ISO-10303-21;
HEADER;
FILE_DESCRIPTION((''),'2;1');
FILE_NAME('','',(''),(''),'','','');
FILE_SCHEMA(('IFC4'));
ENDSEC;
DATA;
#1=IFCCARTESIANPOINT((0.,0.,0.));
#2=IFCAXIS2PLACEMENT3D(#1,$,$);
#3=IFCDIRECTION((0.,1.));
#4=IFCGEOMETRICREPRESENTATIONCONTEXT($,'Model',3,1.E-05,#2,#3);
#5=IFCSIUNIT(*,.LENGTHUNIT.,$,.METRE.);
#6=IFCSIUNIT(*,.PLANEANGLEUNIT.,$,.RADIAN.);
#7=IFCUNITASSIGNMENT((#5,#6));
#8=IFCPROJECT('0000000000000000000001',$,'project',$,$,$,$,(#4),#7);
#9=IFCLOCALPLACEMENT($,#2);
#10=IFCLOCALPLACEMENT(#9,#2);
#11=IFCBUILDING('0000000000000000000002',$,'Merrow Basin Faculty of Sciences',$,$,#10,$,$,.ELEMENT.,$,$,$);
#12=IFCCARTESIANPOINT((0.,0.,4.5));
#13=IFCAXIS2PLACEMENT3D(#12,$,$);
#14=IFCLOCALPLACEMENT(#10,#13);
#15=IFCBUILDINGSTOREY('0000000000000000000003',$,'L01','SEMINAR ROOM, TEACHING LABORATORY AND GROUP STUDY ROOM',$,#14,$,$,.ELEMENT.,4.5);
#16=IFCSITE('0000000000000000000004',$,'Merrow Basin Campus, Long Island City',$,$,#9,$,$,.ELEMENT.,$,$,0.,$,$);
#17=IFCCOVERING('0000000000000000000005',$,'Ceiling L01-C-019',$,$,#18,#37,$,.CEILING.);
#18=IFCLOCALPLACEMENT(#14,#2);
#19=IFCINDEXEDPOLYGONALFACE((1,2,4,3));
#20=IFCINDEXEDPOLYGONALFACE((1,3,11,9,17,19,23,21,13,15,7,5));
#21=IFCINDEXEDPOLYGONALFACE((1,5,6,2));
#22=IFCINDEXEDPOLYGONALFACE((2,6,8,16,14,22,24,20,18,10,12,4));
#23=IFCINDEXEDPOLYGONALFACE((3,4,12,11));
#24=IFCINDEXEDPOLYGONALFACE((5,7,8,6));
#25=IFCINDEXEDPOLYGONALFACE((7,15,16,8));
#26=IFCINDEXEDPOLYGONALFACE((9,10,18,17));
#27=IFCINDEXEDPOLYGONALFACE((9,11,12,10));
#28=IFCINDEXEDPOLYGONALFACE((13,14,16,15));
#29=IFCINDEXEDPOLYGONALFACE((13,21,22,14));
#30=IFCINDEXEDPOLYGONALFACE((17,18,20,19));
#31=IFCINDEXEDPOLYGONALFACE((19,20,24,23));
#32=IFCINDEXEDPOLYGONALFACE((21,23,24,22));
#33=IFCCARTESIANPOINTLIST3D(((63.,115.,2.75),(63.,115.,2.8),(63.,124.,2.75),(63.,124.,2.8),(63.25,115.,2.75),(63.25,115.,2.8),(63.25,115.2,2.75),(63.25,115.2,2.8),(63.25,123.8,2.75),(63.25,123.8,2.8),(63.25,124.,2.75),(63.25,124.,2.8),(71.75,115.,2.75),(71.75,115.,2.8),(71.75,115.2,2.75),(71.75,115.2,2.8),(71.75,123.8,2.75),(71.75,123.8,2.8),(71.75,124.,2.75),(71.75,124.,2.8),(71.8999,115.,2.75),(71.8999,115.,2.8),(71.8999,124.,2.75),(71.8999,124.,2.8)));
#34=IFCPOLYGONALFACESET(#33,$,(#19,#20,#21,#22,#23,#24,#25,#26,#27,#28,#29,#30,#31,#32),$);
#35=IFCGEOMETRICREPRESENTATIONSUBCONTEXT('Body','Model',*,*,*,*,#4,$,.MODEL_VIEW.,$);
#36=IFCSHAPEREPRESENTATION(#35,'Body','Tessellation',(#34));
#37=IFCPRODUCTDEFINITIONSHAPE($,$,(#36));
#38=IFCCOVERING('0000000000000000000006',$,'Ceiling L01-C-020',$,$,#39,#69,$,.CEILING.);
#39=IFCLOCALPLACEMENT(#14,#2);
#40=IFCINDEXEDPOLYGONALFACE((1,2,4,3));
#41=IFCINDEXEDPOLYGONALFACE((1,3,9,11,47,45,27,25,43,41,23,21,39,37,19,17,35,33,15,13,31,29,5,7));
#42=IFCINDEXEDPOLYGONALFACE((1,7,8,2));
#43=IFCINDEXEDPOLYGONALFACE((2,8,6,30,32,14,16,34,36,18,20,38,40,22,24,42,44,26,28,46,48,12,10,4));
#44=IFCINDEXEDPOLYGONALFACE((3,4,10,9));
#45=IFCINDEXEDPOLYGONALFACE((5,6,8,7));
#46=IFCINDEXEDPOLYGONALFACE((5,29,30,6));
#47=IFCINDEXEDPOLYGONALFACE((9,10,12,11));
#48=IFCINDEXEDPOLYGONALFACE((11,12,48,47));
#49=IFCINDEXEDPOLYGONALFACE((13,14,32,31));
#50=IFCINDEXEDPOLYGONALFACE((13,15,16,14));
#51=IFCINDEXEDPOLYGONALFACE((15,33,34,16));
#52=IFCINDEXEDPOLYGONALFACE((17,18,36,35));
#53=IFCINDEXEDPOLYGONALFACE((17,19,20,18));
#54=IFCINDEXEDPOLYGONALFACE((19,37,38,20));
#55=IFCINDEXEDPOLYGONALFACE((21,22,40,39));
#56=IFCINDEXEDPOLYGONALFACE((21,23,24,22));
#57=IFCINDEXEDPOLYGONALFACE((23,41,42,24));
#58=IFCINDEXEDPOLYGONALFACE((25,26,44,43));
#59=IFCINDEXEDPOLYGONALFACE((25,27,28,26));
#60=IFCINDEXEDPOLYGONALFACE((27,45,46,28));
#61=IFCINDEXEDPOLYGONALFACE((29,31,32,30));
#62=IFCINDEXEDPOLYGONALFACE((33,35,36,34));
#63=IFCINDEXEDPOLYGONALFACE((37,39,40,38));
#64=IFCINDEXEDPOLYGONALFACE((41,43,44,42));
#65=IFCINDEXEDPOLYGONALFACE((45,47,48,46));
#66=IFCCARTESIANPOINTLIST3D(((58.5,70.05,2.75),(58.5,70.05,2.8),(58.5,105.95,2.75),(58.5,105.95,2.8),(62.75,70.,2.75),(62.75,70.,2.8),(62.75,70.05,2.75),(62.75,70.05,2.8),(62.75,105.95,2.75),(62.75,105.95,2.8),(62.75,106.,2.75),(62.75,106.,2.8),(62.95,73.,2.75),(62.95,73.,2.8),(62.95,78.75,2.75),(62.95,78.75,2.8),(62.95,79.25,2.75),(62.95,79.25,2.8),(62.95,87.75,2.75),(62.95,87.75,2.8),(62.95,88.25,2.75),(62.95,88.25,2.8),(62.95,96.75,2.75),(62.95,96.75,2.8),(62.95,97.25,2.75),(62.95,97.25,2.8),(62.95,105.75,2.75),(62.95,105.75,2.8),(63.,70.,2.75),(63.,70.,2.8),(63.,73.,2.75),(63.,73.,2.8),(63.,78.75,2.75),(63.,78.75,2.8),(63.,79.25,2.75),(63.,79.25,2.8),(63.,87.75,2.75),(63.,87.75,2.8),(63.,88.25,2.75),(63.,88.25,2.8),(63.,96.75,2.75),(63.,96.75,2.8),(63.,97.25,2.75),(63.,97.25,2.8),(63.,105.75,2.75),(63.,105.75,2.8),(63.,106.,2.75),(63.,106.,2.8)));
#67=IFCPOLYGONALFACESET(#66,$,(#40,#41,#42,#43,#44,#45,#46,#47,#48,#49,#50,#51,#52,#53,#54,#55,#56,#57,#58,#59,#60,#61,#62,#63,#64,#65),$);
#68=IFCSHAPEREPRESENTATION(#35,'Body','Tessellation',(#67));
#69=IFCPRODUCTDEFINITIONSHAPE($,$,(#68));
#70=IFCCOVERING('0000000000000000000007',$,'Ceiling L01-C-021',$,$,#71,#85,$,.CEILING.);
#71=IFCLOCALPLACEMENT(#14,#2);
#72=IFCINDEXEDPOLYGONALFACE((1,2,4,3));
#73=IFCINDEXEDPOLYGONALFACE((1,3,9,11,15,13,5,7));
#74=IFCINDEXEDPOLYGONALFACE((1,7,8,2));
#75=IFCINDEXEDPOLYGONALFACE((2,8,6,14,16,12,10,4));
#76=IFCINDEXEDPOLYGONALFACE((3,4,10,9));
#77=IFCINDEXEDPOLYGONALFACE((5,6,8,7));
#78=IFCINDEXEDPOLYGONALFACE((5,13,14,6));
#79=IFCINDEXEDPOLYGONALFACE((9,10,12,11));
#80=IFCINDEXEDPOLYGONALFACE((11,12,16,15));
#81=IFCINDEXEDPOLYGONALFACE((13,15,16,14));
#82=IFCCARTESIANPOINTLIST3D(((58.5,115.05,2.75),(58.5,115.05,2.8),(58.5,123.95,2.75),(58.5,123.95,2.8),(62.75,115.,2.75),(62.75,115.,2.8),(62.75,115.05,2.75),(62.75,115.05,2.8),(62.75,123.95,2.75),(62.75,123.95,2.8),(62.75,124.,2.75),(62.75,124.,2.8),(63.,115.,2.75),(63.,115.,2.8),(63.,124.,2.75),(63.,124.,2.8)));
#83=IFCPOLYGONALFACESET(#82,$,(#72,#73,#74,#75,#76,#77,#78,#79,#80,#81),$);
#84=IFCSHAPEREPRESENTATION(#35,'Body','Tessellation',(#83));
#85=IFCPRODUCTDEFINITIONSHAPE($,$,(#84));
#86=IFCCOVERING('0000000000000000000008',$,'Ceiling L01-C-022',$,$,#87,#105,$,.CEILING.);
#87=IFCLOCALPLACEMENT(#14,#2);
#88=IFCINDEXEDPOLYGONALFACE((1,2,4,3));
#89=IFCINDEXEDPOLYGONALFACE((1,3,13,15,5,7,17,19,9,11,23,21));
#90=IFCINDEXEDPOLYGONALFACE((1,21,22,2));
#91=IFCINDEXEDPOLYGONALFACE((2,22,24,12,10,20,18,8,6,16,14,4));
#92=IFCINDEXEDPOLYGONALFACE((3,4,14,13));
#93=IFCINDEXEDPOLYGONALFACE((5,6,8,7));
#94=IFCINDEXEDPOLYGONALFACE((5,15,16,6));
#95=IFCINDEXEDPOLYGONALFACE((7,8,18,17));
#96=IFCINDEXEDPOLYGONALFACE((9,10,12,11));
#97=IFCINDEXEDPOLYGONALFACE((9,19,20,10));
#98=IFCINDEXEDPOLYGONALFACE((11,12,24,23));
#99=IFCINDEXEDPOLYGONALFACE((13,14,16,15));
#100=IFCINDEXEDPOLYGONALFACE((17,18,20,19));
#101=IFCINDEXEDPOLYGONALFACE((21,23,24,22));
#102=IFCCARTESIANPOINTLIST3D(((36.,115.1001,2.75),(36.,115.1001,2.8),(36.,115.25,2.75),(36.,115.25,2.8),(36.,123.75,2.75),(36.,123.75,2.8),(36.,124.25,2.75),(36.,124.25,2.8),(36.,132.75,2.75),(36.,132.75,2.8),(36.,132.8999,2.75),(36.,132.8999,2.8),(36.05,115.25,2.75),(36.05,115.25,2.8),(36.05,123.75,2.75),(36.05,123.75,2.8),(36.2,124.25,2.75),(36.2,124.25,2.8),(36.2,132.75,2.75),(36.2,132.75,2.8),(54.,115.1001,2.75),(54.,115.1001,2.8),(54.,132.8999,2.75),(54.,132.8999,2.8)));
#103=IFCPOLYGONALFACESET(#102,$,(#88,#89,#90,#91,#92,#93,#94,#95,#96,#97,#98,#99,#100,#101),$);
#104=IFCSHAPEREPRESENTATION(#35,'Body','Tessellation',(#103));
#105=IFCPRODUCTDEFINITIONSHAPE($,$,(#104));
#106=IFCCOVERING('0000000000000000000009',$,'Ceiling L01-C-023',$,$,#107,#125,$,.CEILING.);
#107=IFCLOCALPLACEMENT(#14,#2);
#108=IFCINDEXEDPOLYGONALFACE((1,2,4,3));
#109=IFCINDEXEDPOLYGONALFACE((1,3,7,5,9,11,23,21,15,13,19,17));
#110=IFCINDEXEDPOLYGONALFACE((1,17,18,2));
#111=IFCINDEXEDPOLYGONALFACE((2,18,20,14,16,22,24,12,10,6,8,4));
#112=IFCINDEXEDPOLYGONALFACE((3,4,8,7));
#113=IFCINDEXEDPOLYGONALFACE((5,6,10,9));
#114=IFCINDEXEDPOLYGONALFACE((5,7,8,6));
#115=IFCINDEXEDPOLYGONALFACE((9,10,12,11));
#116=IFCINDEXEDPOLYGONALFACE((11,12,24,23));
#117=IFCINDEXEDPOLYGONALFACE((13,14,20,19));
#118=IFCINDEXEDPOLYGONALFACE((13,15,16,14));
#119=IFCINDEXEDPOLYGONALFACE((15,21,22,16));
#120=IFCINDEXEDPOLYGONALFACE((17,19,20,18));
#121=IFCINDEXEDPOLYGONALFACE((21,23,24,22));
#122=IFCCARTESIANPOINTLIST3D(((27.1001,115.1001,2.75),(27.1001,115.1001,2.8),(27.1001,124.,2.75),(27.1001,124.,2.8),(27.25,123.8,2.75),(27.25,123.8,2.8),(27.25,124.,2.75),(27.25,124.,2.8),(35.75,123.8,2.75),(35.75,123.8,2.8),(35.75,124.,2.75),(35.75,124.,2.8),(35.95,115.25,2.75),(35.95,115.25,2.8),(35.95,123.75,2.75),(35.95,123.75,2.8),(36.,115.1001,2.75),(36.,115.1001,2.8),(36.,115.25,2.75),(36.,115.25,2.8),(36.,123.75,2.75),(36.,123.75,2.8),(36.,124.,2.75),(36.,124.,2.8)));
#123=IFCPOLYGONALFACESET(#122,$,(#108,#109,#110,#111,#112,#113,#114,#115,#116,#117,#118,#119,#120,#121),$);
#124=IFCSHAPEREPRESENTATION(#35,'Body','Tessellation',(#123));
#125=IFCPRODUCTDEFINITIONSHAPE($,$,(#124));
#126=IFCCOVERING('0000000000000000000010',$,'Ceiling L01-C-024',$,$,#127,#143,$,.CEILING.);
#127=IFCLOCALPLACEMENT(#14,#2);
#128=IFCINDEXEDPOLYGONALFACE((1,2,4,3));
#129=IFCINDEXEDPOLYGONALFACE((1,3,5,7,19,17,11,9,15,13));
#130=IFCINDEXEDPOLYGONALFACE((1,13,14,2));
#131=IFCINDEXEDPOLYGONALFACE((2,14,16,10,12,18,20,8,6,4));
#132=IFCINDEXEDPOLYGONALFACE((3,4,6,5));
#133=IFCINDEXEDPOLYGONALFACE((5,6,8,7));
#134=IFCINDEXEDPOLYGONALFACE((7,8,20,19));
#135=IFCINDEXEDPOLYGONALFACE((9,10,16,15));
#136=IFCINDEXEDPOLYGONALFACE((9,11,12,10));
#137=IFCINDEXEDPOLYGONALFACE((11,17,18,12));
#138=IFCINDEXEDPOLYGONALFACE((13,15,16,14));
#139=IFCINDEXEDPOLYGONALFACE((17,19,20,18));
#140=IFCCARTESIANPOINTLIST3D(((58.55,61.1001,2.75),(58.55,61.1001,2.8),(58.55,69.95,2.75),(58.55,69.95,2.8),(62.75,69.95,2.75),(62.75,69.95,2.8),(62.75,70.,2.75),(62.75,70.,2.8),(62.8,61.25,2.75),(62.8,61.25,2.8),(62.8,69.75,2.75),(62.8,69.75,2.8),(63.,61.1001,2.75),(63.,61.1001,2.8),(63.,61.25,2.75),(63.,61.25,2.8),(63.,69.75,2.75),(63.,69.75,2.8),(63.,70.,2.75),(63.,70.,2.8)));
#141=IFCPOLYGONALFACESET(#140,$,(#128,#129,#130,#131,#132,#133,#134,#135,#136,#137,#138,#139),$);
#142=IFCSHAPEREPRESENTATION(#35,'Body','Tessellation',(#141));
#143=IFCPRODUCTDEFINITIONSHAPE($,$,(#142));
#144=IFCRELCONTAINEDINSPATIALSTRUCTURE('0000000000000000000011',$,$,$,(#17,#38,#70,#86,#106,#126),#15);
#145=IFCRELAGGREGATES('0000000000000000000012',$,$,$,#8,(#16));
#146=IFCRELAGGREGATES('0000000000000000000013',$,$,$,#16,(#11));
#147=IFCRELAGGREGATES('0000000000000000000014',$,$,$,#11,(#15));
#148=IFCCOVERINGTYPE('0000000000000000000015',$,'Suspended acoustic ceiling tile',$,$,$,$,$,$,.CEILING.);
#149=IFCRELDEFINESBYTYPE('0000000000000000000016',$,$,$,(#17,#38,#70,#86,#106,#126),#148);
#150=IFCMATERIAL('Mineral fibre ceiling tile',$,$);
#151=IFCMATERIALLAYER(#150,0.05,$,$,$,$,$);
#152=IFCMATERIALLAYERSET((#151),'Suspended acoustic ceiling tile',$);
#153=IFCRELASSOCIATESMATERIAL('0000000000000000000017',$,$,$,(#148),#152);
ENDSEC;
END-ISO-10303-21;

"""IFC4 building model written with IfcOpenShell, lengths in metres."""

from ifc_helpers import new_model, si_unit, direction, frame, origin, place, context, subcontext, project, spatial, polyline, outline, extrude, material, layer, layer_set, type_object, element, save


model = new_model("IFC4")

# Units and contexts
model_context = context("Model", 3, precision=1e-05, world=origin(), true_north=direction((0.0, 1.0)))
body_context = subcontext(model_context, "Body", "Model", "MODEL_VIEW")
ifc_project = project(units=[si_unit("LENGTHUNIT", "METRE"), si_unit("PLANEANGLEUNIT", "RADIAN")], contexts=[model_context])

# Site, building, storey
site_placement = place(None, origin())
site = spatial("IfcSite", under=ifc_project, at=site_placement, Name="Merrow Basin Campus, Long Island City", CompositionType="ELEMENT", RefElevation=0.0)
building_placement = place(site_placement, origin())
building = spatial("IfcBuilding", under=site, at=building_placement, Name="Merrow Basin Faculty of Sciences", CompositionType="ELEMENT")
storey_placement = place(building_placement, frame((0.0, 0.0, 4.5)))
storey = spatial("IfcBuildingStorey", under=building, at=storey_placement, Name="L01", Description="SEMINAR ROOM, TEACHING LABORATORY AND GROUP STUDY ROOM", CompositionType="ELEMENT", Elevation=4.5)

# Coverings
ifc_material_1 = material(Name="Mineral fibre ceiling tile")
ifc_layer_1 = layer(ifc_material_1, 0.05)
ifc_layer_set_1 = layer_set([ifc_layer_1], Name="Suspended acoustic ceiling tile")
covering_type_1 = type_object("IfcCoveringType", Name="Suspended acoustic ceiling tile", PredefinedType="CEILING", material=ifc_layer_set_1)
covering_1_placement = place(storey_placement, frame((0.0, 0.0, 2.75)))
element("IfcCovering", 1, at=covering_1_placement, inside=storey, type_object=covering_type_1, Name="Ceiling L01-C-019", PredefinedType="CEILING", context=body_context, shape_type="SweptSolid", body=[
    extrude(outline(polyline([(63.0, 124.0), (63.25, 124.0), (63.25, 123.8), (71.75, 123.8), (71.75, 124.0), (71.8999, 124.0), (71.8999, 115.0), (71.75, 115.0), (71.75, 115.2), (63.25, 115.2), (63.25, 115.0), (63.0, 115.0), (63.0, 124.0)])), origin(), (0.0, 0.0, 1.0), 0.05),
])
covering_2_placement = place(storey_placement, frame((0.0, 0.0, 2.75)))
element("IfcCovering", 2, at=covering_2_placement, inside=storey, type_object=covering_type_1, Name="Ceiling L01-C-020", PredefinedType="CEILING", context=body_context, shape_type="SweptSolid", body=[
    extrude(outline(polyline([(63.0, 106.0), (63.0, 105.75), (62.95, 105.75), (62.95, 97.25), (63.0, 97.25), (63.0, 96.75), (62.95, 96.75), (62.95, 88.25), (63.0, 88.25), (63.0, 87.75), (62.95, 87.75), (62.95, 79.25), (63.0, 79.25), (63.0, 78.75), (62.95, 78.75), (62.95, 73.0), (63.0, 73.0), (63.0, 70.0), (62.75, 70.0), (62.75, 70.05), (58.5, 70.05), (58.5, 105.95), (62.75, 105.95), (62.75, 106.0), (63.0, 106.0)])), origin(), (0.0, 0.0, 1.0), 0.05),
])
covering_3_placement = place(storey_placement, frame((0.0, 0.0, 2.75)))
element("IfcCovering", 3, at=covering_3_placement, inside=storey, type_object=covering_type_1, Name="Ceiling L01-C-021", PredefinedType="CEILING", context=body_context, shape_type="SweptSolid", body=[
    extrude(outline(polyline([(63.0, 124.0), (63.0, 115.0), (62.75, 115.0), (62.75, 115.05), (58.5, 115.05), (58.5, 123.95), (62.75, 123.95), (62.75, 124.0), (63.0, 124.0)])), origin(), (0.0, 0.0, 1.0), 0.05),
])
covering_4_placement = place(storey_placement, frame((0.0, 0.0, 2.75)))
element("IfcCovering", 4, at=covering_4_placement, inside=storey, type_object=covering_type_1, Name="Ceiling L01-C-022", PredefinedType="CEILING", context=body_context, shape_type="SweptSolid", body=[
    extrude(outline(polyline([(36.0, 115.1001), (36.0, 115.25), (36.05, 115.25), (36.05, 123.75), (36.0, 123.75), (36.0, 124.25), (36.2, 124.25), (36.2, 132.75), (36.0, 132.75), (36.0, 132.8999), (54.0, 132.8999), (54.0, 115.1001), (36.0, 115.1001)])), origin(), (0.0, 0.0, 1.0), 0.05),
])
covering_5_placement = place(storey_placement, frame((0.0, 0.0, 2.75)))
element("IfcCovering", 5, at=covering_5_placement, inside=storey, type_object=covering_type_1, Name="Ceiling L01-C-023", PredefinedType="CEILING", context=body_context, shape_type="SweptSolid", body=[
    extrude(outline(polyline([(36.0, 123.75), (35.95, 123.75), (35.95, 115.25), (36.0, 115.25), (36.0, 115.1001), (27.1001, 115.1001), (27.1001, 124.0), (27.25, 124.0), (27.25, 123.8), (35.75, 123.8), (35.75, 124.0), (36.0, 124.0), (36.0, 123.75)])), origin(), (0.0, 0.0, 1.0), 0.05),
])
covering_6_placement = place(storey_placement, frame((0.0, 0.0, 2.75)))
element("IfcCovering", 6, at=covering_6_placement, inside=storey, type_object=covering_type_1, Name="Ceiling L01-C-024", PredefinedType="CEILING", context=body_context, shape_type="SweptSolid", body=[
    extrude(outline(polyline([(63.0, 70.0), (63.0, 69.75), (62.8, 69.75), (62.8, 61.25), (63.0, 61.25), (63.0, 61.1001), (58.55, 61.1001), (58.55, 69.95), (62.75, 69.95), (62.75, 70.0), (63.0, 70.0)])), origin(), (0.0, 0.0, 1.0), 0.05),
])

save(model, "model.ifc")
